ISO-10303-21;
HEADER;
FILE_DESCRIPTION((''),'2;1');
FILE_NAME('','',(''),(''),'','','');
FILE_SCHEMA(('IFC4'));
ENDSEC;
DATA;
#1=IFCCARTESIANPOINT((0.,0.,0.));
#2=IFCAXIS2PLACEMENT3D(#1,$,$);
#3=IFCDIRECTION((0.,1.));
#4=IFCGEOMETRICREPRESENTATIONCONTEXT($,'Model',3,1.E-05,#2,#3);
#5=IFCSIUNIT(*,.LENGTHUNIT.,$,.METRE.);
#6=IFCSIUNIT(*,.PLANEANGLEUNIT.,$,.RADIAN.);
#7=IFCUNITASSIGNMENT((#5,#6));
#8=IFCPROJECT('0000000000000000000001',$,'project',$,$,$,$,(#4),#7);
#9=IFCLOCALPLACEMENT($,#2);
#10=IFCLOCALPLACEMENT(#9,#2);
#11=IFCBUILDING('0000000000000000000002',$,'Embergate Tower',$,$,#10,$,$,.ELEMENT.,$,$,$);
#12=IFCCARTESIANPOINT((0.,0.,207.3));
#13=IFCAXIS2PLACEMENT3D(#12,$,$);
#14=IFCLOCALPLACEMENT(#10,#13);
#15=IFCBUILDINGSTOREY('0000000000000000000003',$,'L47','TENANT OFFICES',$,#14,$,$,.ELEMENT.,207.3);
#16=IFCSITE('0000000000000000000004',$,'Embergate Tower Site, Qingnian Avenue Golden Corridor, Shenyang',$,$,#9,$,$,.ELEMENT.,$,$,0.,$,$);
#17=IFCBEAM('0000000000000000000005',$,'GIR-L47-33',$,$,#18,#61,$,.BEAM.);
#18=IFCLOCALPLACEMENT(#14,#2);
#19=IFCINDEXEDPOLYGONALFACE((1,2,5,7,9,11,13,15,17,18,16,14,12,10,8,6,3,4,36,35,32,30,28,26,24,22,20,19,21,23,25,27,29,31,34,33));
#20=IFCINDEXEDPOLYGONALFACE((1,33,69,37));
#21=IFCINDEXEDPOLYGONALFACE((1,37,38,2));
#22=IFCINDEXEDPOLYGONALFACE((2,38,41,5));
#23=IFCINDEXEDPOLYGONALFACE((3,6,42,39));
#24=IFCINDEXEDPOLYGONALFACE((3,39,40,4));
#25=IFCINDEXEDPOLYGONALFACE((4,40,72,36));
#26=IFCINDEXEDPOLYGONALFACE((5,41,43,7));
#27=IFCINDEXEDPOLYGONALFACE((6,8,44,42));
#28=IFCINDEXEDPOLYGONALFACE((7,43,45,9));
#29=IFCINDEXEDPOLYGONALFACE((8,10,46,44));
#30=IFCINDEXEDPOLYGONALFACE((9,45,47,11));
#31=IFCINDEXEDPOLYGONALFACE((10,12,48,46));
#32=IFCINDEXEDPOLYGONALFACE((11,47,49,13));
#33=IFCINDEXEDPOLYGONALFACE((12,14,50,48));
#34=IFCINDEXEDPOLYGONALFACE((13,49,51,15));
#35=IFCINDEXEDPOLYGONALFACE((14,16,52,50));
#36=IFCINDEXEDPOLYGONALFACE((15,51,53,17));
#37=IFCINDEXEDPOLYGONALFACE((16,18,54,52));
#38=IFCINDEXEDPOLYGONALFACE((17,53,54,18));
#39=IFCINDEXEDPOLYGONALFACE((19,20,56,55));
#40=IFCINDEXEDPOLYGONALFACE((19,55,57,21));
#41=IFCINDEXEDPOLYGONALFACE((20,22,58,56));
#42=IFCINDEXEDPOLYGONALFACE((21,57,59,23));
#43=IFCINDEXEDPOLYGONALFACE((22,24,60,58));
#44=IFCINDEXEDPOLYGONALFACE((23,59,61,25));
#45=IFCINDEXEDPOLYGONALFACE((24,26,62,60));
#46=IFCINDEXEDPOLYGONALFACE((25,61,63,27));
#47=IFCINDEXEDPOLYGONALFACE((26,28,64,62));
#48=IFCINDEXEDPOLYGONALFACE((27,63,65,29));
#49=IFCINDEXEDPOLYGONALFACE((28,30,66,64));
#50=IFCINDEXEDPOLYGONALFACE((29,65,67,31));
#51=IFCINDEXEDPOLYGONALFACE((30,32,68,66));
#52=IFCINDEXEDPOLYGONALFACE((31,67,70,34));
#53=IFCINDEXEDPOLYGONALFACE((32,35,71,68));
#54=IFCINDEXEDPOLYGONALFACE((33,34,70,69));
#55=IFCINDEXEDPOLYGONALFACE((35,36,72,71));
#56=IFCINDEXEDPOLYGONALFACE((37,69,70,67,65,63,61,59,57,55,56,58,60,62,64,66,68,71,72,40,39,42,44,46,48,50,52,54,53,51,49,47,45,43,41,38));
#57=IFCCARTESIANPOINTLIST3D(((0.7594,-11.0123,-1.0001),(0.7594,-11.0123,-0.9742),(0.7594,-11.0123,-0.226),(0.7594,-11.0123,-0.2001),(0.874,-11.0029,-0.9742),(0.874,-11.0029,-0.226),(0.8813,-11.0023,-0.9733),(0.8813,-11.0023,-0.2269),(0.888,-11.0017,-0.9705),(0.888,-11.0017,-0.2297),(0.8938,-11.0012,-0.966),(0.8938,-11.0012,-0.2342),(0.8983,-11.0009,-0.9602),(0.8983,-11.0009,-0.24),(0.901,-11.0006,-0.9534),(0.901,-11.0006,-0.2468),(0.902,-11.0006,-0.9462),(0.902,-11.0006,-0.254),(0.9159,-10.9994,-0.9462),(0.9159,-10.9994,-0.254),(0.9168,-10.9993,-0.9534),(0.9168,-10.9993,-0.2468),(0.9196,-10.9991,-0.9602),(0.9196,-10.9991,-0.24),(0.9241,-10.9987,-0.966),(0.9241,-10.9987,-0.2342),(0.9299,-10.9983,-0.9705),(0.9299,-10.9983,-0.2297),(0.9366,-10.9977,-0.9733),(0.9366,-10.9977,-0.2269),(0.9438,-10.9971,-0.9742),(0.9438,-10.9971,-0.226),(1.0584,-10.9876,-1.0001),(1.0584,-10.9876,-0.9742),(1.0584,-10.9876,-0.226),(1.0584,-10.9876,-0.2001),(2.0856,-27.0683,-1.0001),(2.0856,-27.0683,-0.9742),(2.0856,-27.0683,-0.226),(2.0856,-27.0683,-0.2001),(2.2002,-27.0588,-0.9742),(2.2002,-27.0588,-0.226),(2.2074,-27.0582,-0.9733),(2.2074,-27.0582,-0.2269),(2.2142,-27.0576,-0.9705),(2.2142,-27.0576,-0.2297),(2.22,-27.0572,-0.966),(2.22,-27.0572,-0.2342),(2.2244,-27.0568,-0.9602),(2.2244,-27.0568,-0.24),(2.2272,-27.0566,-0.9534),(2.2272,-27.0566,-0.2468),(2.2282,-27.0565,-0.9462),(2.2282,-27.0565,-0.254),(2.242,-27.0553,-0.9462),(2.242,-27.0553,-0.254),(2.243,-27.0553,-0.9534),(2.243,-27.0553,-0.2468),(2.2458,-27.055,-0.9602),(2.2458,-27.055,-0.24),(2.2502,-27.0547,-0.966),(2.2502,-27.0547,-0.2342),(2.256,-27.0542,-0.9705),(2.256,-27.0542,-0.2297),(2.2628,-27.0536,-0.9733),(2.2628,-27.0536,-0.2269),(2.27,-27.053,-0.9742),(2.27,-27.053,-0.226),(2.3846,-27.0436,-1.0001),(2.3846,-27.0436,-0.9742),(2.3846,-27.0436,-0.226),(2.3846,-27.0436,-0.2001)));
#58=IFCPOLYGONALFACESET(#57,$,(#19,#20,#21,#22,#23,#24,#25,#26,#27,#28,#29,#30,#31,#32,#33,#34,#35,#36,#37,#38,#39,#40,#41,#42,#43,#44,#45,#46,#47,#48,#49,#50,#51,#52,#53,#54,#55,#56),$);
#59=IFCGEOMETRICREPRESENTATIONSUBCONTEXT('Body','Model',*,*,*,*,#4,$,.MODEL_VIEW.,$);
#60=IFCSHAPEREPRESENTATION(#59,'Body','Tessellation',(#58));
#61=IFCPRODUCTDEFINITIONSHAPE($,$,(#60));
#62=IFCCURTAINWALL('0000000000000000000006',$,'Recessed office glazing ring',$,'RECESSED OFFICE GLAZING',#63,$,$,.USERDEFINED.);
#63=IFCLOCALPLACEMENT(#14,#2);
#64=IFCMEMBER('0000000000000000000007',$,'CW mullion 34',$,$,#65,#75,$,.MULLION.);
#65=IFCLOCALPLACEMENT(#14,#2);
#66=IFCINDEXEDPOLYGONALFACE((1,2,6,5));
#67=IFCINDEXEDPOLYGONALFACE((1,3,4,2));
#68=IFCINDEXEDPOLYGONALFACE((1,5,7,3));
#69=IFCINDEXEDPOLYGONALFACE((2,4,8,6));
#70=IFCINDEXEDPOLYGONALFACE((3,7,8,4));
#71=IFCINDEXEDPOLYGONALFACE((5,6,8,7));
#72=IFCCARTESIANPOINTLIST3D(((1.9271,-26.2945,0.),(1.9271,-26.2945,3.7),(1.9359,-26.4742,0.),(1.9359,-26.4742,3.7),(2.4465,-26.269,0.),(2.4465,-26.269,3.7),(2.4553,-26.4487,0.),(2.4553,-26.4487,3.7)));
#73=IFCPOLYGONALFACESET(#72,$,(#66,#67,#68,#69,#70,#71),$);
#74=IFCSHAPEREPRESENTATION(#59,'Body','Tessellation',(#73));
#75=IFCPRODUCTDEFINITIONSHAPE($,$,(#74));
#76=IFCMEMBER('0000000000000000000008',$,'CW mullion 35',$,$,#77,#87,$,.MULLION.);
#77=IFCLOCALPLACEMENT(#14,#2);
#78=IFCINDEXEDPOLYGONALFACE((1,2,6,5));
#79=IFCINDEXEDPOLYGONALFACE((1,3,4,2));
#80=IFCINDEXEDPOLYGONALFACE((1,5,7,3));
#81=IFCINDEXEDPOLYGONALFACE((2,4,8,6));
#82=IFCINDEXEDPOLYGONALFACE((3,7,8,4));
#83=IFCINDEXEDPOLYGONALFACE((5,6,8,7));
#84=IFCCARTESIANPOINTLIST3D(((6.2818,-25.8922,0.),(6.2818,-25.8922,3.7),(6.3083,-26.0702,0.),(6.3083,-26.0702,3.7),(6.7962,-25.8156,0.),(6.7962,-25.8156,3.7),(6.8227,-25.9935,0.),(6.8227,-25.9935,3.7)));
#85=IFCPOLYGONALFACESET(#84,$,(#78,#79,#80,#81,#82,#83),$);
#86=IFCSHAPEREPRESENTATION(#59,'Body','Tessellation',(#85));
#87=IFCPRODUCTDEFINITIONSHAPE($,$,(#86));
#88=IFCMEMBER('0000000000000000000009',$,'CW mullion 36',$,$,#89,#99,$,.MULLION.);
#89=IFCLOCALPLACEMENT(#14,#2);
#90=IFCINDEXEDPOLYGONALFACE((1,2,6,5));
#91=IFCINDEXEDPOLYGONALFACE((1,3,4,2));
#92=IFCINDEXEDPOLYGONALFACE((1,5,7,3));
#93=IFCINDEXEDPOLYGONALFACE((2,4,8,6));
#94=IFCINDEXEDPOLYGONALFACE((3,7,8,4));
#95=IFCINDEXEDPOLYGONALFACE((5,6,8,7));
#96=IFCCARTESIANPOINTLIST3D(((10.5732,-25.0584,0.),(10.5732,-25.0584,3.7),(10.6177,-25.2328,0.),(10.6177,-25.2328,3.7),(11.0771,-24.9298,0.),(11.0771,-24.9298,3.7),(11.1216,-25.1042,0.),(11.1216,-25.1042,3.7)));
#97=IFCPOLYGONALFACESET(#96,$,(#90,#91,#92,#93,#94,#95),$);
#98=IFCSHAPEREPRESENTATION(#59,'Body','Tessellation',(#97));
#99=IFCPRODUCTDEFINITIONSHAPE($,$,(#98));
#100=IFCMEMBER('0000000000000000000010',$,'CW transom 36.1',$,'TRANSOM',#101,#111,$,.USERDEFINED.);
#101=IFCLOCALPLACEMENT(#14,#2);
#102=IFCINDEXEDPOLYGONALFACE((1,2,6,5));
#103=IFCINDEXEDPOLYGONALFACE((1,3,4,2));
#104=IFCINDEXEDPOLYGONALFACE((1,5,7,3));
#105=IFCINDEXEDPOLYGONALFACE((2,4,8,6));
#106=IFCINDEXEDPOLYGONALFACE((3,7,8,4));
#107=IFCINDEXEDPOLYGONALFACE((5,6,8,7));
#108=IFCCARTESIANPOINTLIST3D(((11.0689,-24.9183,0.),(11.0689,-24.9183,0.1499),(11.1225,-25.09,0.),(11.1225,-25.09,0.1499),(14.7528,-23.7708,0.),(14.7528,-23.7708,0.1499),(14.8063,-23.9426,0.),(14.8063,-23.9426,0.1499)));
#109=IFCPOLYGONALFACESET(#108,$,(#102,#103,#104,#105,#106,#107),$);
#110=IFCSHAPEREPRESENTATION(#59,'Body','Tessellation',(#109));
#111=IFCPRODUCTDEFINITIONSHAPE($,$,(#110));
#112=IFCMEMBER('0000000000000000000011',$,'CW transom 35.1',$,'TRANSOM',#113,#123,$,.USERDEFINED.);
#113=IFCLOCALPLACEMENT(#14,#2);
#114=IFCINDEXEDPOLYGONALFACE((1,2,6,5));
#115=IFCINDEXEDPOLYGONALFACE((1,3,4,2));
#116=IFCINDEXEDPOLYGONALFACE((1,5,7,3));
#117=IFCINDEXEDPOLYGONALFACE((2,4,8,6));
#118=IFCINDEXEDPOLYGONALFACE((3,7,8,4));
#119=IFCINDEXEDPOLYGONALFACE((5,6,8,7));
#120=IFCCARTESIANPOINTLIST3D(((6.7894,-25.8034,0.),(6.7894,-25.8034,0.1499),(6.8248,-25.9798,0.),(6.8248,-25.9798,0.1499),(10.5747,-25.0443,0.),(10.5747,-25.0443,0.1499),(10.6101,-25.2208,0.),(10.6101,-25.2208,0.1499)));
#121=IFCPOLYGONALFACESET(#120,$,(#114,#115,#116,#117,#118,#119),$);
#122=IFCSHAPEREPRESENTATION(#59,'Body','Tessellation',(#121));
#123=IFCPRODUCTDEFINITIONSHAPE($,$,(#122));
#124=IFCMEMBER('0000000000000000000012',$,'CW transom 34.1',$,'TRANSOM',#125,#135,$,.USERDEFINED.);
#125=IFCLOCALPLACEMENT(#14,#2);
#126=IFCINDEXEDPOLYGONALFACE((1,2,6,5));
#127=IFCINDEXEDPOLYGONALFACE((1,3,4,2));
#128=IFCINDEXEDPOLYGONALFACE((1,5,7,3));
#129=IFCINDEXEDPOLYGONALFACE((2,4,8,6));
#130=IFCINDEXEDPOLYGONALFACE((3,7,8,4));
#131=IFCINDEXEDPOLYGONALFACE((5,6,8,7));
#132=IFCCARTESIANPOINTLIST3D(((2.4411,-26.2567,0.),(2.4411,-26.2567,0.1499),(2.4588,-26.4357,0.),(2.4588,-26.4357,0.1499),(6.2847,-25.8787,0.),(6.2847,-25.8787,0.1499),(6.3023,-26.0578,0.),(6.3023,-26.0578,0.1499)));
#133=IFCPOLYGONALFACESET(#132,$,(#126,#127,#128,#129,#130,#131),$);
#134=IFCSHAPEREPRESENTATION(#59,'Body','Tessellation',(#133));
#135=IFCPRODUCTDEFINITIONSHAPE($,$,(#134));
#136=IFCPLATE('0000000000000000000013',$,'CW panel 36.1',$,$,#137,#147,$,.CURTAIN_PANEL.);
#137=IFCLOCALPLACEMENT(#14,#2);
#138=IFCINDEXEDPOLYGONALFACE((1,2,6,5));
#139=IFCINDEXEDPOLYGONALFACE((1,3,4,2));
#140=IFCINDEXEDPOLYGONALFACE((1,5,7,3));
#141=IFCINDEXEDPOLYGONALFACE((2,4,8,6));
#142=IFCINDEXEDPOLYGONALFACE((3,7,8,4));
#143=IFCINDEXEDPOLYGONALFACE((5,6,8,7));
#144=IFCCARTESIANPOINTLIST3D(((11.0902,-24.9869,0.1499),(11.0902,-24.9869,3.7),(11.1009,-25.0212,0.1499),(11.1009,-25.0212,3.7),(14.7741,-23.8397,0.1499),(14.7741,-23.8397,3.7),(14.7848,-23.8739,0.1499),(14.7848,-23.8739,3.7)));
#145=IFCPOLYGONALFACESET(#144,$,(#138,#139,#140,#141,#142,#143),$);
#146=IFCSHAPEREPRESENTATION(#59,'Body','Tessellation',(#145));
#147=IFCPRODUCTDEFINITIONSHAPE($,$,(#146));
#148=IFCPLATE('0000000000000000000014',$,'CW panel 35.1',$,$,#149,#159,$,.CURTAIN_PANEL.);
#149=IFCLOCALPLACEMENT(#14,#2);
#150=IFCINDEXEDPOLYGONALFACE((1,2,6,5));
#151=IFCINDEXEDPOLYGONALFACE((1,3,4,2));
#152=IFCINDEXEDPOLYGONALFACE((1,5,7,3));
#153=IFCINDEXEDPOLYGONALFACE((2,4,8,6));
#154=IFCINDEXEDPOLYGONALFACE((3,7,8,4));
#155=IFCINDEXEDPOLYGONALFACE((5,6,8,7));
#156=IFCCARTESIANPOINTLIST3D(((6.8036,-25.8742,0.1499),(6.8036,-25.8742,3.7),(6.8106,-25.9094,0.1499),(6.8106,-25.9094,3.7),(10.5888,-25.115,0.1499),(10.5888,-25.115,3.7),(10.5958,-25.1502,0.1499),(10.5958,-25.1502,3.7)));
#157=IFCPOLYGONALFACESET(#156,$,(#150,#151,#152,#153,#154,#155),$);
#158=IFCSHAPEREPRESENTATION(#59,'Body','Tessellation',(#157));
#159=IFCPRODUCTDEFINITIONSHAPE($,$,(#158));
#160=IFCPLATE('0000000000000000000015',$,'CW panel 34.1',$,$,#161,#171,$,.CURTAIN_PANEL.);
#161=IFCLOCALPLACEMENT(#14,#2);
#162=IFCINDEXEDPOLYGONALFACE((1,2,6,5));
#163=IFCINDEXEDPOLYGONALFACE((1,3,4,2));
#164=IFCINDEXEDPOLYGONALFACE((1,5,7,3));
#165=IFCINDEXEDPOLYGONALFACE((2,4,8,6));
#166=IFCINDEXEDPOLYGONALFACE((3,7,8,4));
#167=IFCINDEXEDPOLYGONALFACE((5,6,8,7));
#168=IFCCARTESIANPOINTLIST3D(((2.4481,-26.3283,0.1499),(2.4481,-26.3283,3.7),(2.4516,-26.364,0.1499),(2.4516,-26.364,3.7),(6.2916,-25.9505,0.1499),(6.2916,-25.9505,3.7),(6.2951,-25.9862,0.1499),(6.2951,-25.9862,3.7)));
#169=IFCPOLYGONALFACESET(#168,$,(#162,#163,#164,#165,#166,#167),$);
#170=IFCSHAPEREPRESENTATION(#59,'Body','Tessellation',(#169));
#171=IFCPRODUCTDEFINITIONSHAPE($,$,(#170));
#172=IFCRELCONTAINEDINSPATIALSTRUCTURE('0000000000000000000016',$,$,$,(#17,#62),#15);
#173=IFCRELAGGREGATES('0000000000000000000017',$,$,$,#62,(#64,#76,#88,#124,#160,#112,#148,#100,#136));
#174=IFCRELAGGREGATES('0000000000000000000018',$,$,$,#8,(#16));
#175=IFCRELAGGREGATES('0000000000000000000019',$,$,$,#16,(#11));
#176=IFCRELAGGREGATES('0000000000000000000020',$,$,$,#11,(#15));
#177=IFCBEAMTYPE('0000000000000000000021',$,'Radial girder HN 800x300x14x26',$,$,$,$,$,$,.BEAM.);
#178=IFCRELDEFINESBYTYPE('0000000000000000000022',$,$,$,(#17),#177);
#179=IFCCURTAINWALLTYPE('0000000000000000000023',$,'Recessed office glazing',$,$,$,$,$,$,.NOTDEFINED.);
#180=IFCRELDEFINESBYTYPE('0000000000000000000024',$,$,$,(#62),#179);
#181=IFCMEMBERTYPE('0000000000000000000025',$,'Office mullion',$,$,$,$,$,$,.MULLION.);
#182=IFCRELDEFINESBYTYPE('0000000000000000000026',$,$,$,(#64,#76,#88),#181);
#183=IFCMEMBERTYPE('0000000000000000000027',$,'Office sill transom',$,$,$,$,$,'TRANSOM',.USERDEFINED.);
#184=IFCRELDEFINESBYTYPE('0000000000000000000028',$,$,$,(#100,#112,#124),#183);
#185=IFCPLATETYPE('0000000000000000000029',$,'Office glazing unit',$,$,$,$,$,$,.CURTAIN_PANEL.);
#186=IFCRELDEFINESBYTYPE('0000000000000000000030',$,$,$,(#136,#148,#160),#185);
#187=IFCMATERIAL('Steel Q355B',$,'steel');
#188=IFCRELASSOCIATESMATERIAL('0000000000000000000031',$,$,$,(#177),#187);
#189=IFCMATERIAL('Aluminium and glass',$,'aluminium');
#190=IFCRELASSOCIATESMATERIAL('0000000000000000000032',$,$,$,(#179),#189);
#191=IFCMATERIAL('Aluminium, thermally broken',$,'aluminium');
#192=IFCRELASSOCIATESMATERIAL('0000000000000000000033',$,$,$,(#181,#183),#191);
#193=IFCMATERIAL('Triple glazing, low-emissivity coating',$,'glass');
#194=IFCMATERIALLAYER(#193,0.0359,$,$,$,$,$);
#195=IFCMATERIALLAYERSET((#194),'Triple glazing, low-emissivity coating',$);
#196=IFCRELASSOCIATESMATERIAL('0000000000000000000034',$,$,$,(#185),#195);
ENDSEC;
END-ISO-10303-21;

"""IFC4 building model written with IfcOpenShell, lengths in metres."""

from ifc_helpers import new_model, si_unit, direction, frame, origin, origin_2d, place, context, subcontext, project, spatial, rectangle, i_section, extrude, source, transform, mapped, material, layer, layer_set, material_profile, profile_set, type_object, element, aggregate, save


model = new_model("IFC4")

# Units and contexts
model_context = context("Model", 3, precision=1e-05, world=origin(), true_north=direction((0.0, 1.0)))
body_context = subcontext(model_context, "Body", "Model", "MODEL_VIEW")
ifc_project = project(units=[si_unit("LENGTHUNIT", "METRE"), si_unit("PLANEANGLEUNIT", "RADIAN")], contexts=[model_context])

# Site, building, storey
site_placement = place(None, origin())
site = spatial("IfcSite", under=ifc_project, at=site_placement, Name="Embergate Tower Site, Qingnian Avenue Golden Corridor, Shenyang", CompositionType="ELEMENT", RefElevation=0.0)
building_placement = place(site_placement, origin())
building = spatial("IfcBuilding", under=site, at=building_placement, Name="Embergate Tower", CompositionType="ELEMENT")
storey_placement = place(building_placement, frame((0.0, 0.0, 207.3)))
storey = spatial("IfcBuildingStorey", under=building, at=storey_placement, Name="L47", Description="TENANT OFFICES", CompositionType="ELEMENT", Elevation=207.3)

# Beam
ifc_material_1 = material(Name="Steel Q355B", Category="steel")
ifc_material_profile_1 = material_profile(ifc_material_1, i_section(OverallWidth=0.3, OverallDepth=0.8, WebThickness=0.0139, FlangeThickness=0.0259, FilletRadius=0.0281, at=origin_2d()), Name="HN 800x300x14x26")
ifc_profile_set_1 = profile_set([ifc_material_profile_1], Name="Steel Q355 grade B")
beam_type_1 = type_object("IfcBeamType", Name="Radial girder HN 800x300x14x26", PredefinedType="BEAM", material=ifc_profile_set_1)
shared_shape_1 = source(origin(), body_context, "Body", "SweptSolid", [
    extrude(i_section(OverallWidth=0.3, OverallDepth=0.8, WebThickness=0.0139, FlangeThickness=0.0259, FilletRadius=0.0281, at=origin_2d()), origin(), (0.0, 0.0, 1.0), 16.1106),
])
beam_1_placement = place(storey_placement, frame((2.2351, -27.0559, -0.6001), z_axis=(-0.082317, 0.996606, 0.0), x_axis=(-0.996606, -0.082317, 0.0)))
element("IfcBeam", 1, at=beam_1_placement, inside=storey, type_object=beam_type_1, Name="GIR-L47-33", PredefinedType="BEAM", context=body_context, shape_type="MappedRepresentation", body=[
    mapped(shared_shape_1, transform((0.0, 0.0, 0.0))),
])

# Curtain wall, members, plates
ifc_material_2 = material(Name="Aluminium and glass", Category="aluminium")
curtain_wall_type = type_object("IfcCurtainWallType", Name="Recessed office glazing", PredefinedType="NOTDEFINED", material=ifc_material_2)
curtain_wall_placement = place(storey_placement, origin())
curtain_wall = element("IfcCurtainWall", 2, at=curtain_wall_placement, inside=storey, type_object=curtain_wall_type, Name="Recessed office glazing ring", ObjectType="RECESSED OFFICE GLAZING", PredefinedType="USERDEFINED")
ifc_material_3 = material(Name="Aluminium, thermally broken", Category="aluminium")
ifc_material_profile_2 = material_profile(ifc_material_3, rectangle(XDim=0.1799, YDim=0.52, at=origin_2d()), Name="AL 520x180")
ifc_profile_set_2 = profile_set([ifc_material_profile_2], Name="Aluminium, thermally broken")
member_type_1 = type_object("IfcMemberType", Name="Office mullion", PredefinedType="MULLION", material=ifc_profile_set_2)
shared_shape_2 = source(origin(), body_context, "Body", "SweptSolid", [
    extrude(rectangle(XDim=0.1799, YDim=0.52, at=origin_2d()), origin(), (0.0, 0.0, 1.0), 3.7),
])
member_1_placement = place(storey_placement, frame((2.1912, -26.3716, 0.0), z_axis=(0.0, 0.0, 1.0), x_axis=(-0.048972, 0.9988, 0.0)))
member_1 = element("IfcMember", 3, at=member_1_placement, type_object=member_type_1, Name="CW mullion 34", PredefinedType="MULLION", context=body_context, shape_type="MappedRepresentation", body=[
    mapped(shared_shape_2, transform((0.0, 0.0, 0.0))),
])
member_2_placement = place(storey_placement, frame((6.5522, -25.9429, 0.0), z_axis=(0.0, 0.0, 1.0), x_axis=(-0.147414, 0.989075, 0.0)))
member_2 = element("IfcMember", 4, at=member_2_placement, type_object=member_type_1, Name="CW mullion 35", PredefinedType="MULLION", context=body_context, shape_type="MappedRepresentation", body=[
    mapped(shared_shape_2, transform((0.0, 0.0, 0.0))),
])
member_3_placement = place(storey_placement, frame((10.8474, -25.0813, 0.0), z_axis=(0.0, 0.0, 1.0), x_axis=(-0.247315, 0.968935, 0.0)))
member_3 = element("IfcMember", 5, at=member_3_placement, type_object=member_type_1, Name="CW mullion 36", PredefinedType="MULLION", context=body_context, shape_type="MappedRepresentation", body=[
    mapped(shared_shape_2, transform((0.0, 0.0, 0.0))),
])
ifc_material_profile_3 = material_profile(ifc_material_3, rectangle(XDim=0.1799, YDim=0.1499, at=origin_2d()), Name="AL 150x180")
ifc_profile_set_3 = profile_set([ifc_material_profile_3], Name="Aluminium, thermally broken")
member_type_2 = type_object("IfcMemberType", Name="Office sill transom", ElementType="TRANSOM", PredefinedType="USERDEFINED", material=ifc_profile_set_3)
shared_shape_3 = source(origin(), body_context, "Body", "SweptSolid", [
    extrude(rectangle(XDim=0.1799, YDim=0.1499, at=origin_2d()), origin(), (0.0, 0.0, 1.0), 3.8584),
])
member_4_placement = place(storey_placement, frame((11.0957, -25.0042, 0.075), z_axis=(0.954755, 0.297392, 0.0), x_axis=(-0.297392, 0.954755, 0.0)))
member_4 = element("IfcMember", 6, at=member_4_placement, type_object=member_type_2, Name="CW transom 36.1", ObjectType="TRANSOM", PredefinedType="USERDEFINED", context=body_context, shape_type="MappedRepresentation", body=[
    mapped(shared_shape_3, transform((0.0, 0.0, 0.0))),
])
shared_shape_4 = source(origin(), body_context, "Body", "SweptSolid", [
    extrude(rectangle(XDim=0.1799, YDim=0.1499, at=origin_2d()), origin(), (0.0, 0.0, 1.0), 3.8606),
])
member_5_placement = place(storey_placement, frame((6.8071, -25.8916, 0.075), z_axis=(0.980481, 0.196615, 0.0), x_axis=(-0.196615, 0.980481, 0.0)))
member_5 = element("IfcMember", 7, at=member_5_placement, type_object=member_type_2, Name="CW transom 35.1", ObjectType="TRANSOM", PredefinedType="USERDEFINED", context=body_context, shape_type="MappedRepresentation", body=[
    mapped(shared_shape_4, transform((0.0, 0.0, 0.0))),
])
shared_shape_5 = source(origin(), body_context, "Body", "SweptSolid", [
    extrude(rectangle(XDim=0.1799, YDim=0.1499, at=origin_2d()), origin(), (0.0, 0.0, 1.0), 3.8621),
])
member_6_placement = place(storey_placement, frame((2.45, -26.3462, 0.075), z_axis=(0.9952, 0.097857, 0.0), x_axis=(-0.097857, 0.9952, 0.0)))
member_6 = element("IfcMember", 8, at=member_6_placement, type_object=member_type_2, Name="CW transom 34.1", ObjectType="TRANSOM", PredefinedType="USERDEFINED", context=body_context, shape_type="MappedRepresentation", body=[
    mapped(shared_shape_5, transform((0.0, 0.0, 0.0))),
])
ifc_material_4 = material(Name="Triple glazing, low-emissivity coating", Category="glass")
ifc_layer_1 = layer(ifc_material_4, 0.0359)
ifc_layer_set_1 = layer_set([ifc_layer_1], Name="Triple glazing, low-emissivity coating")
plate_type = type_object("IfcPlateType", Name="Office glazing unit", PredefinedType="CURTAIN_PANEL", material=ifc_layer_set_1)
shared_shape_6 = source(origin(), body_context, "Body", "SweptSolid", [
    extrude(rectangle(XDim=3.8584, YDim=0.0359, at=origin_2d()), origin(), (0.0, 0.0, 1.0), 3.55),
])
plate_1_placement = place(storey_placement, frame((12.9375, -24.4304, 0.1499), z_axis=(0.0, 0.0, 1.0), x_axis=(0.954771, 0.297343, 0.0)))
plate_1 = element("IfcPlate", 9, at=plate_1_placement, type_object=plate_type, Name="CW panel 36.1", PredefinedType="CURTAIN_PANEL", context=body_context, shape_type="MappedRepresentation", body=[
    mapped(shared_shape_6, transform((0.0, 0.0, 0.0))),
])
shared_shape_7 = source(origin(), body_context, "Body", "SweptSolid", [
    extrude(rectangle(XDim=3.8606, YDim=0.0359, at=origin_2d()), origin(), (0.0, 0.0, 1.0), 3.55),
])
plate_2_placement = place(storey_placement, frame((8.6997, -25.5122, 0.1499), z_axis=(0.0, 0.0, 1.0), x_axis=(0.980475, 0.196643, 0.0)))
plate_2 = element("IfcPlate", 10, at=plate_2_placement, type_object=plate_type, Name="CW panel 35.1", PredefinedType="CURTAIN_PANEL", context=body_context, shape_type="MappedRepresentation", body=[
    mapped(shared_shape_7, transform((0.0, 0.0, 0.0))),
])
shared_shape_8 = source(origin(), body_context, "Body", "SweptSolid", [
    extrude(rectangle(XDim=3.8621, YDim=0.0359, at=origin_2d()), origin(), (0.0, 0.0, 1.0), 3.55),
])
plate_3_placement = place(storey_placement, frame((4.3716, -26.1572, 0.1499), z_axis=(0.0, 0.0, 1.0), x_axis=(0.995203, 0.097831, 0.0)))
plate_3 = element("IfcPlate", 11, at=plate_3_placement, type_object=plate_type, Name="CW panel 34.1", PredefinedType="CURTAIN_PANEL", context=body_context, shape_type="MappedRepresentation", body=[
    mapped(shared_shape_8, transform((0.0, 0.0, 0.0))),
])
aggregate(curtain_wall, [member_1, member_2, member_3, member_6, plate_3, member_5, plate_2, member_4, plate_1])

save(model, "model.ifc")
